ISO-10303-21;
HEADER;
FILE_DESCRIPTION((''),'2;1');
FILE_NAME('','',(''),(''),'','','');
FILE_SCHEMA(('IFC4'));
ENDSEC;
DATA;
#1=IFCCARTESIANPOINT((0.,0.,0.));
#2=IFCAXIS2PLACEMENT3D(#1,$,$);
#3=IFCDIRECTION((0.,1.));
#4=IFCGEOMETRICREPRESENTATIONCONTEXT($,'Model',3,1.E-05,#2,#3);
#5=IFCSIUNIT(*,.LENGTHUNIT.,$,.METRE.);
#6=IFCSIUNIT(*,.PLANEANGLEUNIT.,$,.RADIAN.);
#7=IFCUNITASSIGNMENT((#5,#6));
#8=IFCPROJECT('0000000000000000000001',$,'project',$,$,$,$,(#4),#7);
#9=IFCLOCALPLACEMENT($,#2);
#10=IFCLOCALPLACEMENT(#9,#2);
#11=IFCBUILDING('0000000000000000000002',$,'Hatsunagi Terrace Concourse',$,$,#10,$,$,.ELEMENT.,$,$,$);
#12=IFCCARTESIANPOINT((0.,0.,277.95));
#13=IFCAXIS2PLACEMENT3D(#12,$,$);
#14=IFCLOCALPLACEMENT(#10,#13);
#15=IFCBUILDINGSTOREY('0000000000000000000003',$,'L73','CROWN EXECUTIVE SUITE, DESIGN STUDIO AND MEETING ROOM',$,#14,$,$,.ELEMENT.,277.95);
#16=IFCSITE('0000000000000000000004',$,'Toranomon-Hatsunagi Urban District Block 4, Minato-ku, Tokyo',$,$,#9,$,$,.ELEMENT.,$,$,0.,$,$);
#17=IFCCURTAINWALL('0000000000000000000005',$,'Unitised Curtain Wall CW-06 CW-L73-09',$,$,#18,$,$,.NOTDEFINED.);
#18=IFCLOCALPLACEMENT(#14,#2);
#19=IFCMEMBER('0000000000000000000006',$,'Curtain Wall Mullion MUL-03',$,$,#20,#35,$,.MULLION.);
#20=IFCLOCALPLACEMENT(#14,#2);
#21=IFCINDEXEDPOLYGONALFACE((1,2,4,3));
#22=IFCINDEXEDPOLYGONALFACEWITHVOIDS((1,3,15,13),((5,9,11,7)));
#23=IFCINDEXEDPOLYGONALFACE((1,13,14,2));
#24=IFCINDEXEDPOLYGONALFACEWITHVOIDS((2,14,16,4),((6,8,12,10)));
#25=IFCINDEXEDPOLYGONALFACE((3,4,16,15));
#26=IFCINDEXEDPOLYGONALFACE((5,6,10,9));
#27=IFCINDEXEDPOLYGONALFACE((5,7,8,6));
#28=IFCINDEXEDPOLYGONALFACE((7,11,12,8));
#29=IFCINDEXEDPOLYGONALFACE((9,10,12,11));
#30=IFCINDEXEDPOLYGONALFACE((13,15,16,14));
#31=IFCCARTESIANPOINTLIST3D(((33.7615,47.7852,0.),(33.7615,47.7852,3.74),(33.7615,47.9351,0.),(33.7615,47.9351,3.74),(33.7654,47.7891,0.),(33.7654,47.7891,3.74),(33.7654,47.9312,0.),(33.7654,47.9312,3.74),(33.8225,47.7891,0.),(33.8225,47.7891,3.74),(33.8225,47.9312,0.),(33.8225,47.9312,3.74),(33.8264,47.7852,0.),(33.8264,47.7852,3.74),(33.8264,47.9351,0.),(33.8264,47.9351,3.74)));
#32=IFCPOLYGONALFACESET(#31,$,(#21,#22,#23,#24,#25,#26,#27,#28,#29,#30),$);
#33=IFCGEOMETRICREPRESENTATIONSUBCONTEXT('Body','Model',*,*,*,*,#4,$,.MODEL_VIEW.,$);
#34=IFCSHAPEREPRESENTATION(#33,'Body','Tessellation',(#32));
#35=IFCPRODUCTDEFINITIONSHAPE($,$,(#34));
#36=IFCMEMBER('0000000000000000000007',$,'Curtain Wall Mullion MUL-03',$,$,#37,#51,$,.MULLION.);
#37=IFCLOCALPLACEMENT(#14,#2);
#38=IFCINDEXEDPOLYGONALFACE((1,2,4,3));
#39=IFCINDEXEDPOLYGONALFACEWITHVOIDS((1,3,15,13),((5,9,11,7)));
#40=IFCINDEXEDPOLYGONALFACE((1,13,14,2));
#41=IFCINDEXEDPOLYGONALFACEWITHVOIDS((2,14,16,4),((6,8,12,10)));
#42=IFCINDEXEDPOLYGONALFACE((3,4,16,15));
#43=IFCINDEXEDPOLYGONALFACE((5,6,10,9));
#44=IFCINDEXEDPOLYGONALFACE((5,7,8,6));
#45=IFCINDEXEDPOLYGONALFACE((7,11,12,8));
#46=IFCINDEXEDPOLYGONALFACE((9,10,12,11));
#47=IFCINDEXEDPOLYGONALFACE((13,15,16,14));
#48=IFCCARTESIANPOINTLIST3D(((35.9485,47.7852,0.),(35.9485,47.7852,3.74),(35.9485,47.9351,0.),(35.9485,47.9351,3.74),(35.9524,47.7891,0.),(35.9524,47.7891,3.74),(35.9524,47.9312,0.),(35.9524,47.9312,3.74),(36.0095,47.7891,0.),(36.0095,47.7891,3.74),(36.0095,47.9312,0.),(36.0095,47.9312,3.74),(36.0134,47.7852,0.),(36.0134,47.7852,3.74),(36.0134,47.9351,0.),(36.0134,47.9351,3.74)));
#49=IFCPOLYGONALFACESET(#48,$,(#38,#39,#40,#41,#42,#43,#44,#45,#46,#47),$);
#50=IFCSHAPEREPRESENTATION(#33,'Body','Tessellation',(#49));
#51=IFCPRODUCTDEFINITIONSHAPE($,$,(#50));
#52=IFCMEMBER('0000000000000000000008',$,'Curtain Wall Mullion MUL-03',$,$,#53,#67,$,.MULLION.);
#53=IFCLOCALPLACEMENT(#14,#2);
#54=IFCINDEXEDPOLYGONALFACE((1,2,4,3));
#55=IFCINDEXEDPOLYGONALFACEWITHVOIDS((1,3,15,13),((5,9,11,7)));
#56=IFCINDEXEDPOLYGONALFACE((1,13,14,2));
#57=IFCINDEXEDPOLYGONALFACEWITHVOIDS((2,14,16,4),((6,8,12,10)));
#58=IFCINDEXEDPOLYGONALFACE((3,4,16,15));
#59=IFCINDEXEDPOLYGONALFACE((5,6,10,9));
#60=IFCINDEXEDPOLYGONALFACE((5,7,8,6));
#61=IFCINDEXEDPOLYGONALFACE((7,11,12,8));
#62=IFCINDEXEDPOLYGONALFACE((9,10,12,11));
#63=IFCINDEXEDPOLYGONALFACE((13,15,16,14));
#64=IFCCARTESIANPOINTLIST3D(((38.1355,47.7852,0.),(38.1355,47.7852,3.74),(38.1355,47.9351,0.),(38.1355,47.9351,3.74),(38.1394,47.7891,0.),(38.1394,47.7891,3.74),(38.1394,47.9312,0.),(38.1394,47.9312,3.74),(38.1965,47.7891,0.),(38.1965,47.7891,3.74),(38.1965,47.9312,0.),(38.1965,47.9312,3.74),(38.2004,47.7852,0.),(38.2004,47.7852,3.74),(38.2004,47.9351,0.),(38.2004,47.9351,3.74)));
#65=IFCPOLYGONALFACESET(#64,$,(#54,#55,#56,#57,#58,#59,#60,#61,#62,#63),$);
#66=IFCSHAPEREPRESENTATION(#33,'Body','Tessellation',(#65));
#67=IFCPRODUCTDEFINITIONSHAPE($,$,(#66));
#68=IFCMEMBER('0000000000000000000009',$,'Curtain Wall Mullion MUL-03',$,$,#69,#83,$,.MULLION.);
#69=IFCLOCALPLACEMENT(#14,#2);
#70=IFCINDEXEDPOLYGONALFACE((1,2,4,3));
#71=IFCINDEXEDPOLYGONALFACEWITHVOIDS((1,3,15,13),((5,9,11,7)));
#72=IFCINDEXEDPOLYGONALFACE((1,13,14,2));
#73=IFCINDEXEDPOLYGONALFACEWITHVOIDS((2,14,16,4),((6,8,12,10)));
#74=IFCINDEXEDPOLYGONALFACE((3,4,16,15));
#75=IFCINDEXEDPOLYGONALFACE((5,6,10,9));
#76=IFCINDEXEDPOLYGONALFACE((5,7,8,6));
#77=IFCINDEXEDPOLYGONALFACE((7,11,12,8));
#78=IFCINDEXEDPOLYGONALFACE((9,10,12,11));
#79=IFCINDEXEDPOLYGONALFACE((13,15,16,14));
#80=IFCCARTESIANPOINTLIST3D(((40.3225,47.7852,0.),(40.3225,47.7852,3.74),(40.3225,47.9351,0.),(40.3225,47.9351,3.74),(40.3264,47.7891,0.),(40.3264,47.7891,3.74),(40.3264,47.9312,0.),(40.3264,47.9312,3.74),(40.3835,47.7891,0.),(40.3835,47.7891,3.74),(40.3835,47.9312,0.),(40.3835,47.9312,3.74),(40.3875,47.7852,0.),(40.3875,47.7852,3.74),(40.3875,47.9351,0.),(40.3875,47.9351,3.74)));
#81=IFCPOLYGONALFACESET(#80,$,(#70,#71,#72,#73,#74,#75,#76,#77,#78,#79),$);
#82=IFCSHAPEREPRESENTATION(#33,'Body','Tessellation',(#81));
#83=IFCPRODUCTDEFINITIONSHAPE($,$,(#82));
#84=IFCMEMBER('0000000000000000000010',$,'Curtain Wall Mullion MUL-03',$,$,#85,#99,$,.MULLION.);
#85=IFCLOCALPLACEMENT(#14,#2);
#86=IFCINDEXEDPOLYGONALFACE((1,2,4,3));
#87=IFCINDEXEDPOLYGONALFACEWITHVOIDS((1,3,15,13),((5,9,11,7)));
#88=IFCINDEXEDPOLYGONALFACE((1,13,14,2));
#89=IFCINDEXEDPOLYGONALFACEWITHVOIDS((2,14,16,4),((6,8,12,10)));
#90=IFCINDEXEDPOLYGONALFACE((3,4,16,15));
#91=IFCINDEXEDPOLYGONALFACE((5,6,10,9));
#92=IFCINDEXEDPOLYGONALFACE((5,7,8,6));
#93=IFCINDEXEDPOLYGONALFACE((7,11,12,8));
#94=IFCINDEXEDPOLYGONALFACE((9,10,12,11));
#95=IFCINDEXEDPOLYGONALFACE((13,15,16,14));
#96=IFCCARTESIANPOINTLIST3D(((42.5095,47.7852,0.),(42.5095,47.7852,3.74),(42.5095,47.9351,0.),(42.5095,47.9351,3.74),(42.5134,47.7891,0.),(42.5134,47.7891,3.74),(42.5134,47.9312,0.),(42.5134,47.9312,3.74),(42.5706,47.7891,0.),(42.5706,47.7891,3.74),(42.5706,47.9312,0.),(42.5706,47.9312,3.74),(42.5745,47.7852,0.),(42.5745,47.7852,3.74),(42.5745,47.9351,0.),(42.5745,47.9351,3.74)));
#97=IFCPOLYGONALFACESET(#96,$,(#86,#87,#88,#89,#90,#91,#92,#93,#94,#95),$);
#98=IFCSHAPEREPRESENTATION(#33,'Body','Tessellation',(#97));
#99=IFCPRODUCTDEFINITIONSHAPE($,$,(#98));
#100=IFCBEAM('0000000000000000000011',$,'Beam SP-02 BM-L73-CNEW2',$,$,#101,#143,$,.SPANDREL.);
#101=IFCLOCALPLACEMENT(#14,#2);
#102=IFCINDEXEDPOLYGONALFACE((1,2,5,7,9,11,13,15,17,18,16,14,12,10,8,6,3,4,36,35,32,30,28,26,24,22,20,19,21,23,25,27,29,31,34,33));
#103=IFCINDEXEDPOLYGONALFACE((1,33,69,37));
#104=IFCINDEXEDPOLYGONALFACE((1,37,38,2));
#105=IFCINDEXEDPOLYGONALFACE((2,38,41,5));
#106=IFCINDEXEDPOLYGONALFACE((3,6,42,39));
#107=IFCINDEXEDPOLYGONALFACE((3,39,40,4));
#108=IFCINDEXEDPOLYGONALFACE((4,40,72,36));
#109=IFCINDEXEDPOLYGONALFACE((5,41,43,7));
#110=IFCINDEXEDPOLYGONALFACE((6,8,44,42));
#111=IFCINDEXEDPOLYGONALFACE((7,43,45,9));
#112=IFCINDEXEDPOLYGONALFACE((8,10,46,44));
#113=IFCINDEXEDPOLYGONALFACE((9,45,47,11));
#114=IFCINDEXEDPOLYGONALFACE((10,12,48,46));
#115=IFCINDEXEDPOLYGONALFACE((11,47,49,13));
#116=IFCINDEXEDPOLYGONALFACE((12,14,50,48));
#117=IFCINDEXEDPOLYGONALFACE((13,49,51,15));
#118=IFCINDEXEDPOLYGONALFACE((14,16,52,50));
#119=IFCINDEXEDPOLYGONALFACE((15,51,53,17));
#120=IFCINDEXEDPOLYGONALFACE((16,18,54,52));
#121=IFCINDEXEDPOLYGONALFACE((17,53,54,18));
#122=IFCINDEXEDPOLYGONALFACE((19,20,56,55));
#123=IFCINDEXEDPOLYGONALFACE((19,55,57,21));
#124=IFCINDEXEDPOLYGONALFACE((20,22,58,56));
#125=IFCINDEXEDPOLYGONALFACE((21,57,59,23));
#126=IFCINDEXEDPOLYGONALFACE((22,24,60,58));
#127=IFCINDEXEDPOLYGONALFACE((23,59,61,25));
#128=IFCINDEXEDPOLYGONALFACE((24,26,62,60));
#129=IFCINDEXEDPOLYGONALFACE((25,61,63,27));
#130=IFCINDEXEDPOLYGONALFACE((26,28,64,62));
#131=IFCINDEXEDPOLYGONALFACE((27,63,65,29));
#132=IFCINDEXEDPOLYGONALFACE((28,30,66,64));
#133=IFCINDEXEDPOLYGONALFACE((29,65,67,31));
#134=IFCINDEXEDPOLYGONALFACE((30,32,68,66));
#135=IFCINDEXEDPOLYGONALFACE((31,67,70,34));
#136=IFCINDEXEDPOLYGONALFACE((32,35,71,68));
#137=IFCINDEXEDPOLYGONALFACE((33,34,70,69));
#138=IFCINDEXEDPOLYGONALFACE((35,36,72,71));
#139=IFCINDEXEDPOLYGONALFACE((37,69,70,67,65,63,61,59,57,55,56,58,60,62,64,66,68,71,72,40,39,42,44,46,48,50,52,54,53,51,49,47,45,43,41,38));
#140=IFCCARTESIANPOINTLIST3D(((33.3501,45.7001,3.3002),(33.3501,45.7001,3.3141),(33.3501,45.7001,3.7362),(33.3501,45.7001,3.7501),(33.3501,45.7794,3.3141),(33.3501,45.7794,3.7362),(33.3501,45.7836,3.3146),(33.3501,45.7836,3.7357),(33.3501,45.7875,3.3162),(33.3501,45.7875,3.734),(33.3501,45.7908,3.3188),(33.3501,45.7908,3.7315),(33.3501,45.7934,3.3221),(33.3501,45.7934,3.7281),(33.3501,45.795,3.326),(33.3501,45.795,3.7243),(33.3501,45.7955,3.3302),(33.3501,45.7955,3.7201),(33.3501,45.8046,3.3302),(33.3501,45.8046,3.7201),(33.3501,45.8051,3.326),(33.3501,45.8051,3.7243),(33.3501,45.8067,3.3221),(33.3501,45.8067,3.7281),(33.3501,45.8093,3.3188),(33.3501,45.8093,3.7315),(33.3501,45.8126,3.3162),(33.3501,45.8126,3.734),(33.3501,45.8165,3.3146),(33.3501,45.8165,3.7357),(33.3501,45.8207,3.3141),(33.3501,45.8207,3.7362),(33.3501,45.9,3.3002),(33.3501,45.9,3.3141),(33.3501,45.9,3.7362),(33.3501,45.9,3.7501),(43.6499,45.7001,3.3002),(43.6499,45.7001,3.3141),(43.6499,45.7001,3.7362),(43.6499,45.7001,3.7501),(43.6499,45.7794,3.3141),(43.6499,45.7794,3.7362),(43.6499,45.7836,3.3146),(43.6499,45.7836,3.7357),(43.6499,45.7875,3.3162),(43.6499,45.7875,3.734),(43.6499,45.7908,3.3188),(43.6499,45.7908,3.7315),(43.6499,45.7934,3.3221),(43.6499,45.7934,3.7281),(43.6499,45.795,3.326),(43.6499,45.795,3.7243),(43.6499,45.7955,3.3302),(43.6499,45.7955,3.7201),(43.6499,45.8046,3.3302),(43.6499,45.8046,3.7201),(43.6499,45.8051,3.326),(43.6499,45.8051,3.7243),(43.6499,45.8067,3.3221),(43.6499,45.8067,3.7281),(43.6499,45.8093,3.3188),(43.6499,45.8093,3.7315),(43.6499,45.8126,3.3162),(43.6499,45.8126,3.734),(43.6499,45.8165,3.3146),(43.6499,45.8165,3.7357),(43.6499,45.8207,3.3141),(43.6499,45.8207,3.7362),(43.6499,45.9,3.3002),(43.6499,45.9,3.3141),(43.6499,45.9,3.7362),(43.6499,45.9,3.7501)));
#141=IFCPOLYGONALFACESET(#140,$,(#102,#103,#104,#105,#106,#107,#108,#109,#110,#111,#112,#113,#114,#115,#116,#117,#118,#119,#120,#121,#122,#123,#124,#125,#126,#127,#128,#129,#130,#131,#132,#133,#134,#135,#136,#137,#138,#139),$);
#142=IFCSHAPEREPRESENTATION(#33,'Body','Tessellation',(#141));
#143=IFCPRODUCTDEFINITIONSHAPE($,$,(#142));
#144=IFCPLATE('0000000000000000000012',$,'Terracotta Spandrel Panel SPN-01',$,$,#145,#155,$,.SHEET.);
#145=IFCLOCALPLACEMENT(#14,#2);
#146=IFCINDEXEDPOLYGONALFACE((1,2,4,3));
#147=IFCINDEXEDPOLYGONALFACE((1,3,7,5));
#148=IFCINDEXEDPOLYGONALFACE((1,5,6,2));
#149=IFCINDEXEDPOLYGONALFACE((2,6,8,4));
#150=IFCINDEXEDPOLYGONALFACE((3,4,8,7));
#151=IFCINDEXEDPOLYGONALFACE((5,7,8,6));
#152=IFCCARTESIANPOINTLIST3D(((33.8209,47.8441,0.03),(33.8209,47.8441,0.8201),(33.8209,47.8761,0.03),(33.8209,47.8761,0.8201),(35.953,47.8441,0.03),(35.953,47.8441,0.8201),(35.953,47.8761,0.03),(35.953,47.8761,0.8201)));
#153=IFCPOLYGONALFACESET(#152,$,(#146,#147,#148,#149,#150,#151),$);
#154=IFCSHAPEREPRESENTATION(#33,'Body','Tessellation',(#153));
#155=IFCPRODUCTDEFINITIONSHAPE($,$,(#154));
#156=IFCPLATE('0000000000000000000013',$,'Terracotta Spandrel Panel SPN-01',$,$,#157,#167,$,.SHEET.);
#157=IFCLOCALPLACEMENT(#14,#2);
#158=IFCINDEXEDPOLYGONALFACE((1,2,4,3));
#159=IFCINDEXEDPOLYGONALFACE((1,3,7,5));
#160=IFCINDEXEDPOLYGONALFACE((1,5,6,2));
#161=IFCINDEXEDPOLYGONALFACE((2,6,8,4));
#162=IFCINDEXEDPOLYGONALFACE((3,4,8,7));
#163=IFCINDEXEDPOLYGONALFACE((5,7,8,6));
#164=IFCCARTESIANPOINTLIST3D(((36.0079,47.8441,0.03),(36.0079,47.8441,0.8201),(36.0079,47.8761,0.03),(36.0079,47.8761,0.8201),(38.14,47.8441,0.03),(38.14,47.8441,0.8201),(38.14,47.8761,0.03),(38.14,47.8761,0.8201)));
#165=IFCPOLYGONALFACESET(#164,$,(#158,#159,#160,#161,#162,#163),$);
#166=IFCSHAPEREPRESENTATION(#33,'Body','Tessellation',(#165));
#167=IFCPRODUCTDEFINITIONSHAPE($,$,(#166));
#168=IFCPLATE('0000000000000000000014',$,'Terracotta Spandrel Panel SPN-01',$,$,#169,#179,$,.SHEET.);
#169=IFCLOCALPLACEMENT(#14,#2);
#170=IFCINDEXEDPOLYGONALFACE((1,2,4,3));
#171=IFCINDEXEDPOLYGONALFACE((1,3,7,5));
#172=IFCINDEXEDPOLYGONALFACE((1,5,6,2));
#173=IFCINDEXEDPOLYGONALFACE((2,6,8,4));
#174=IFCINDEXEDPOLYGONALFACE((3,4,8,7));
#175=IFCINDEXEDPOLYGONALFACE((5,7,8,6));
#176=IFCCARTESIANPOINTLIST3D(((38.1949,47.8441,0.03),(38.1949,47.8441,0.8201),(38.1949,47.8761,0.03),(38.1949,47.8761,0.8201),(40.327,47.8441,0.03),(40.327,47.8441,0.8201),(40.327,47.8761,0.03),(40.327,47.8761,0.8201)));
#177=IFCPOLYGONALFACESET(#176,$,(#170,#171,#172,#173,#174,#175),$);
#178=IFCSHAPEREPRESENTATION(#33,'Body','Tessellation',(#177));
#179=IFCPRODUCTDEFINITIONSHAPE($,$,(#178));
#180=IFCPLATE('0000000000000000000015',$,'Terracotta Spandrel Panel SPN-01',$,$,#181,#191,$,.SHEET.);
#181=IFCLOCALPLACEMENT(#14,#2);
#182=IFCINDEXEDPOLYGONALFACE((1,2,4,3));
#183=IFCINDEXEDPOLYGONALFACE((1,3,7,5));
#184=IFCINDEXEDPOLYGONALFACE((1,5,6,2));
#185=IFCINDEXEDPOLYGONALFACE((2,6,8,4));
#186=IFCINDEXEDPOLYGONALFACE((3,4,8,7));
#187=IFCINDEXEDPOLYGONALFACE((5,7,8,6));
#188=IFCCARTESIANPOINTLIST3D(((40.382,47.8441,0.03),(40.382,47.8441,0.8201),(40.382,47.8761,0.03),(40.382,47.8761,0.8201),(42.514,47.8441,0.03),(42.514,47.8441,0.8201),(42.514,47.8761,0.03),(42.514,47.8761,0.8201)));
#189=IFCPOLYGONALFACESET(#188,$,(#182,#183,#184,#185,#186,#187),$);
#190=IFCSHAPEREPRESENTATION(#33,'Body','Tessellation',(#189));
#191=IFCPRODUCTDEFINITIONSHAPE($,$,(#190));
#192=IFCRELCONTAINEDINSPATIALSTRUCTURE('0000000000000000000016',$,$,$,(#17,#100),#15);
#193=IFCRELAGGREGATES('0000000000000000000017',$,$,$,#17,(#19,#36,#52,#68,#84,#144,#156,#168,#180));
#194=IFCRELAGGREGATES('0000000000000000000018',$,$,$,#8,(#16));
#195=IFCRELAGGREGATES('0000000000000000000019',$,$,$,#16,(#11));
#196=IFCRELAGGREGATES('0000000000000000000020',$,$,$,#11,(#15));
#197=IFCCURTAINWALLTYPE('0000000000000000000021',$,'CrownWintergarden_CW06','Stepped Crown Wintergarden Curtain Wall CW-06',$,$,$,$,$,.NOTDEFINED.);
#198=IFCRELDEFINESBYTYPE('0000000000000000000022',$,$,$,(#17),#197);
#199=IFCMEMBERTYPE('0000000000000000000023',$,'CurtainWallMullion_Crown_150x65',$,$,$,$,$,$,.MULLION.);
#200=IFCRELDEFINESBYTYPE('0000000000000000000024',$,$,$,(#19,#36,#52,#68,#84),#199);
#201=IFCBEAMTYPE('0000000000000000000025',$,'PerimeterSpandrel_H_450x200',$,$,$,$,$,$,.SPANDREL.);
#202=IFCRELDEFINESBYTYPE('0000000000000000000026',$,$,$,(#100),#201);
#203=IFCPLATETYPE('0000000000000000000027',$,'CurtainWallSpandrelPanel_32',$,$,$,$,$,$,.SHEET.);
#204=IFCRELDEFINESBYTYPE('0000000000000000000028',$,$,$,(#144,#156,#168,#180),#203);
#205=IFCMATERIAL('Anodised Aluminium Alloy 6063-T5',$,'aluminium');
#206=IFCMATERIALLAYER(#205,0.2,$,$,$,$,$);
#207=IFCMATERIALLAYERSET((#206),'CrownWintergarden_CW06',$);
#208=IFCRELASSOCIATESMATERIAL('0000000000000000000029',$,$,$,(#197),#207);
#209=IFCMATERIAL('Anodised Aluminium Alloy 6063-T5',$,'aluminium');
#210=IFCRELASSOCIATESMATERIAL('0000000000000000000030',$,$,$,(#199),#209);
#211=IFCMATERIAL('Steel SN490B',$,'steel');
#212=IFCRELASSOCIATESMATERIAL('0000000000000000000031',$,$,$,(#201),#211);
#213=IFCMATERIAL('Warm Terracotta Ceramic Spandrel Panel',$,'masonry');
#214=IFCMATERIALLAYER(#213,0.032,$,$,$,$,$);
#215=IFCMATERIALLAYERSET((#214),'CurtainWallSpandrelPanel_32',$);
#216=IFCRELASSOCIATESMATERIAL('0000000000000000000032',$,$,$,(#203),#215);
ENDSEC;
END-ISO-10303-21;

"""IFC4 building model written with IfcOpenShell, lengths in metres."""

from ifc_helpers import new_model, si_unit, direction, frame, origin, origin_2d, place, context, subcontext, project, spatial, rectangle, hollow_rectangle, i_section, extrude, material, layer, layer_set, material_profile, profile_set, type_object, element, aggregate, save


model = new_model("IFC4")

# Units and contexts
model_context = context("Model", 3, precision=1e-05, world=origin(), true_north=direction((0.0, 1.0)))
body_context = subcontext(model_context, "Body", "Model", "MODEL_VIEW")
ifc_project = project(units=[si_unit("LENGTHUNIT", "METRE"), si_unit("PLANEANGLEUNIT", "RADIAN")], contexts=[model_context])

# Site, building, storey
site_placement = place(None, origin())
site = spatial("IfcSite", under=ifc_project, at=site_placement, Name="Toranomon-Hatsunagi Urban District Block 4, Minato-ku, Tokyo", CompositionType="ELEMENT", RefElevation=0.0)
building_placement = place(site_placement, origin())
building = spatial("IfcBuilding", under=site, at=building_placement, Name="Hatsunagi Terrace Concourse", CompositionType="ELEMENT")
storey_placement = place(building_placement, frame((0.0, 0.0, 277.95)))
storey = spatial("IfcBuildingStorey", under=building, at=storey_placement, Name="L73", Description="CROWN EXECUTIVE SUITE, DESIGN STUDIO AND MEETING ROOM", CompositionType="ELEMENT", Elevation=277.95)

# Curtain wall, members
ifc_material_1 = material(Name="Anodised Aluminium Alloy 6063-T5", Category="aluminium")
ifc_layer_1 = layer(ifc_material_1, 0.2)
ifc_layer_set_1 = layer_set([ifc_layer_1], Name="CrownWintergarden_CW06")
curtain_wall_type = type_object("IfcCurtainWallType", Name="CrownWintergarden_CW06", Description="Stepped Crown Wintergarden Curtain Wall CW-06", PredefinedType="NOTDEFINED", material=ifc_layer_set_1)
curtain_wall_placement = place(storey_placement, origin())
curtain_wall = element("IfcCurtainWall", 1, at=curtain_wall_placement, inside=storey, type_object=curtain_wall_type, Name="Unitised Curtain Wall CW-06 CW-L73-09", PredefinedType="NOTDEFINED")
ifc_material_2 = material(Name="Anodised Aluminium Alloy 6063-T5", Category="aluminium")
ifc_material_profile_1 = material_profile(ifc_material_2, hollow_rectangle(XDim=0.0649, YDim=0.1499, WallThickness=0.0039, at=origin_2d()), Name="ALU-MUL-150x65x4")
ifc_profile_set_1 = profile_set([ifc_material_profile_1], Name="Anodised Aluminium Alloy 6063-T5")
member_type = type_object("IfcMemberType", Name="CurtainWallMullion_Crown_150x65", PredefinedType="MULLION", material=ifc_profile_set_1)
member_1_placement = place(storey_placement, frame((33.7939, 47.8601, 0.0), z_axis=(0.0, 0.0, 1.0), x_axis=(1.0, 0.0, 0.0)))
member_1 = element("IfcMember", 2, at=member_1_placement, type_object=member_type, Name="Curtain Wall Mullion MUL-03", PredefinedType="MULLION", context=body_context, shape_type="SweptSolid", body=[
    extrude(hollow_rectangle(XDim=0.0649, YDim=0.1499, WallThickness=0.0039, at=origin_2d()), origin(), (0.0, 0.0, 1.0), 3.74),
])
member_2_placement = place(storey_placement, frame((35.981, 47.8601, 0.0), z_axis=(0.0, 0.0, 1.0), x_axis=(1.0, 0.0, 0.0)))
member_2 = element("IfcMember", 3, at=member_2_placement, type_object=member_type, Name="Curtain Wall Mullion MUL-03", PredefinedType="MULLION", context=body_context, shape_type="SweptSolid", body=[
    extrude(hollow_rectangle(XDim=0.0649, YDim=0.1499, WallThickness=0.0039, at=origin_2d()), origin(), (0.0, 0.0, 1.0), 3.74),
])
member_3_placement = place(storey_placement, frame((38.168, 47.8601, 0.0), z_axis=(0.0, 0.0, 1.0), x_axis=(1.0, 0.0, 0.0)))
member_3 = element("IfcMember", 4, at=member_3_placement, type_object=member_type, Name="Curtain Wall Mullion MUL-03", PredefinedType="MULLION", context=body_context, shape_type="SweptSolid", body=[
    extrude(hollow_rectangle(XDim=0.0649, YDim=0.1499, WallThickness=0.0039, at=origin_2d()), origin(), (0.0, 0.0, 1.0), 3.74),
])
member_4_placement = place(storey_placement, frame((40.355, 47.8601, 0.0), z_axis=(0.0, 0.0, 1.0), x_axis=(1.0, 0.0, 0.0)))
member_4 = element("IfcMember", 5, at=member_4_placement, type_object=member_type, Name="Curtain Wall Mullion MUL-03", PredefinedType="MULLION", context=body_context, shape_type="SweptSolid", body=[
    extrude(hollow_rectangle(XDim=0.0649, YDim=0.1499, WallThickness=0.0039, at=origin_2d()), origin(), (0.0, 0.0, 1.0), 3.74),
])
member_5_placement = place(storey_placement, frame((42.542, 47.8601, 0.0), z_axis=(0.0, 0.0, 1.0), x_axis=(1.0, 0.0, 0.0)))
member_5 = element("IfcMember", 6, at=member_5_placement, type_object=member_type, Name="Curtain Wall Mullion MUL-03", PredefinedType="MULLION", context=body_context, shape_type="SweptSolid", body=[
    extrude(hollow_rectangle(XDim=0.0649, YDim=0.1499, WallThickness=0.0039, at=origin_2d()), origin(), (0.0, 0.0, 1.0), 3.74),
])

# Beam
ifc_material_3 = material(Name="Steel SN490B", Category="steel")
ifc_material_profile_2 = material_profile(ifc_material_3, i_section(OverallWidth=0.2, OverallDepth=0.45, WebThickness=0.009, FlangeThickness=0.0139, FilletRadius=0.0161, at=origin_2d()), Name="H-450x200x9x14")
ifc_profile_set_2 = profile_set([ifc_material_profile_2], Name="Steel SN490B")
beam_type = type_object("IfcBeamType", Name="PerimeterSpandrel_H_450x200", PredefinedType="SPANDREL", material=ifc_profile_set_2)
beam_placement = place(storey_placement, frame((33.3501, 45.8, 3.5251), z_axis=(1.0, 0.0, 0.0), x_axis=(0.0, 1.0, 0.0)))
element("IfcBeam", 7, at=beam_placement, inside=storey, type_object=beam_type, Name="Beam SP-02 BM-L73-CNEW2", PredefinedType="SPANDREL", context=body_context, shape_type="SweptSolid", body=[
    extrude(i_section(OverallWidth=0.2, OverallDepth=0.45, WebThickness=0.009, FlangeThickness=0.0139, FilletRadius=0.0161, at=origin_2d()), origin(), (0.0, 0.0, 1.0), 10.2998),
])

# Plates
ifc_material_4 = material(Name="Warm Terracotta Ceramic Spandrel Panel", Category="masonry")
ifc_layer_2 = layer(ifc_material_4, 0.032)
ifc_layer_set_2 = layer_set([ifc_layer_2], Name="CurtainWallSpandrelPanel_32")
plate_type_1 = type_object("IfcPlateType", Name="CurtainWallSpandrelPanel_32", PredefinedType="SHEET", material=ifc_layer_set_2)
plate_1_placement = place(storey_placement, frame((34.887, 47.8601, 0.03), z_axis=(0.0, 0.0, 1.0), x_axis=(1.0, 0.0, 0.0)))
plate_1 = element("IfcPlate", 8, at=plate_1_placement, type_object=plate_type_1, Name="Terracotta Spandrel Panel SPN-01", PredefinedType="SHEET", context=body_context, shape_type="SweptSolid", body=[
    extrude(rectangle(XDim=2.1321, YDim=0.032, at=origin_2d()), origin(), (0.0, 0.0, 1.0), 0.79),
])
plate_2_placement = place(storey_placement, frame((37.074, 47.8601, 0.03), z_axis=(0.0, 0.0, 1.0), x_axis=(1.0, 0.0, 0.0)))
plate_2 = element("IfcPlate", 9, at=plate_2_placement, type_object=plate_type_1, Name="Terracotta Spandrel Panel SPN-01", PredefinedType="SHEET", context=body_context, shape_type="SweptSolid", body=[
    extrude(rectangle(XDim=2.1321, YDim=0.032, at=origin_2d()), origin(), (0.0, 0.0, 1.0), 0.79),
])
plate_3_placement = place(storey_placement, frame((39.261, 47.8601, 0.03), z_axis=(0.0, 0.0, 1.0), x_axis=(1.0, 0.0, 0.0)))
plate_3 = element("IfcPlate", 10, at=plate_3_placement, type_object=plate_type_1, Name="Terracotta Spandrel Panel SPN-01", PredefinedType="SHEET", context=body_context, shape_type="SweptSolid", body=[
    extrude(rectangle(XDim=2.1321, YDim=0.032, at=origin_2d()), origin(), (0.0, 0.0, 1.0), 0.79),
])
plate_4_placement = place(storey_placement, frame((41.448, 47.8601, 0.03), z_axis=(0.0, 0.0, 1.0), x_axis=(1.0, 0.0, 0.0)))
plate_4 = element("IfcPlate", 11, at=plate_4_placement, type_object=plate_type_1, Name="Terracotta Spandrel Panel SPN-01", PredefinedType="SHEET", context=body_context, shape_type="SweptSolid", body=[
    extrude(rectangle(XDim=2.1321, YDim=0.032, at=origin_2d()), origin(), (0.0, 0.0, 1.0), 0.79),
])
aggregate(curtain_wall, [member_1, member_2, member_3, member_4, member_5, plate_1, plate_2, plate_3, plate_4])

save(model, "model.ifc")
